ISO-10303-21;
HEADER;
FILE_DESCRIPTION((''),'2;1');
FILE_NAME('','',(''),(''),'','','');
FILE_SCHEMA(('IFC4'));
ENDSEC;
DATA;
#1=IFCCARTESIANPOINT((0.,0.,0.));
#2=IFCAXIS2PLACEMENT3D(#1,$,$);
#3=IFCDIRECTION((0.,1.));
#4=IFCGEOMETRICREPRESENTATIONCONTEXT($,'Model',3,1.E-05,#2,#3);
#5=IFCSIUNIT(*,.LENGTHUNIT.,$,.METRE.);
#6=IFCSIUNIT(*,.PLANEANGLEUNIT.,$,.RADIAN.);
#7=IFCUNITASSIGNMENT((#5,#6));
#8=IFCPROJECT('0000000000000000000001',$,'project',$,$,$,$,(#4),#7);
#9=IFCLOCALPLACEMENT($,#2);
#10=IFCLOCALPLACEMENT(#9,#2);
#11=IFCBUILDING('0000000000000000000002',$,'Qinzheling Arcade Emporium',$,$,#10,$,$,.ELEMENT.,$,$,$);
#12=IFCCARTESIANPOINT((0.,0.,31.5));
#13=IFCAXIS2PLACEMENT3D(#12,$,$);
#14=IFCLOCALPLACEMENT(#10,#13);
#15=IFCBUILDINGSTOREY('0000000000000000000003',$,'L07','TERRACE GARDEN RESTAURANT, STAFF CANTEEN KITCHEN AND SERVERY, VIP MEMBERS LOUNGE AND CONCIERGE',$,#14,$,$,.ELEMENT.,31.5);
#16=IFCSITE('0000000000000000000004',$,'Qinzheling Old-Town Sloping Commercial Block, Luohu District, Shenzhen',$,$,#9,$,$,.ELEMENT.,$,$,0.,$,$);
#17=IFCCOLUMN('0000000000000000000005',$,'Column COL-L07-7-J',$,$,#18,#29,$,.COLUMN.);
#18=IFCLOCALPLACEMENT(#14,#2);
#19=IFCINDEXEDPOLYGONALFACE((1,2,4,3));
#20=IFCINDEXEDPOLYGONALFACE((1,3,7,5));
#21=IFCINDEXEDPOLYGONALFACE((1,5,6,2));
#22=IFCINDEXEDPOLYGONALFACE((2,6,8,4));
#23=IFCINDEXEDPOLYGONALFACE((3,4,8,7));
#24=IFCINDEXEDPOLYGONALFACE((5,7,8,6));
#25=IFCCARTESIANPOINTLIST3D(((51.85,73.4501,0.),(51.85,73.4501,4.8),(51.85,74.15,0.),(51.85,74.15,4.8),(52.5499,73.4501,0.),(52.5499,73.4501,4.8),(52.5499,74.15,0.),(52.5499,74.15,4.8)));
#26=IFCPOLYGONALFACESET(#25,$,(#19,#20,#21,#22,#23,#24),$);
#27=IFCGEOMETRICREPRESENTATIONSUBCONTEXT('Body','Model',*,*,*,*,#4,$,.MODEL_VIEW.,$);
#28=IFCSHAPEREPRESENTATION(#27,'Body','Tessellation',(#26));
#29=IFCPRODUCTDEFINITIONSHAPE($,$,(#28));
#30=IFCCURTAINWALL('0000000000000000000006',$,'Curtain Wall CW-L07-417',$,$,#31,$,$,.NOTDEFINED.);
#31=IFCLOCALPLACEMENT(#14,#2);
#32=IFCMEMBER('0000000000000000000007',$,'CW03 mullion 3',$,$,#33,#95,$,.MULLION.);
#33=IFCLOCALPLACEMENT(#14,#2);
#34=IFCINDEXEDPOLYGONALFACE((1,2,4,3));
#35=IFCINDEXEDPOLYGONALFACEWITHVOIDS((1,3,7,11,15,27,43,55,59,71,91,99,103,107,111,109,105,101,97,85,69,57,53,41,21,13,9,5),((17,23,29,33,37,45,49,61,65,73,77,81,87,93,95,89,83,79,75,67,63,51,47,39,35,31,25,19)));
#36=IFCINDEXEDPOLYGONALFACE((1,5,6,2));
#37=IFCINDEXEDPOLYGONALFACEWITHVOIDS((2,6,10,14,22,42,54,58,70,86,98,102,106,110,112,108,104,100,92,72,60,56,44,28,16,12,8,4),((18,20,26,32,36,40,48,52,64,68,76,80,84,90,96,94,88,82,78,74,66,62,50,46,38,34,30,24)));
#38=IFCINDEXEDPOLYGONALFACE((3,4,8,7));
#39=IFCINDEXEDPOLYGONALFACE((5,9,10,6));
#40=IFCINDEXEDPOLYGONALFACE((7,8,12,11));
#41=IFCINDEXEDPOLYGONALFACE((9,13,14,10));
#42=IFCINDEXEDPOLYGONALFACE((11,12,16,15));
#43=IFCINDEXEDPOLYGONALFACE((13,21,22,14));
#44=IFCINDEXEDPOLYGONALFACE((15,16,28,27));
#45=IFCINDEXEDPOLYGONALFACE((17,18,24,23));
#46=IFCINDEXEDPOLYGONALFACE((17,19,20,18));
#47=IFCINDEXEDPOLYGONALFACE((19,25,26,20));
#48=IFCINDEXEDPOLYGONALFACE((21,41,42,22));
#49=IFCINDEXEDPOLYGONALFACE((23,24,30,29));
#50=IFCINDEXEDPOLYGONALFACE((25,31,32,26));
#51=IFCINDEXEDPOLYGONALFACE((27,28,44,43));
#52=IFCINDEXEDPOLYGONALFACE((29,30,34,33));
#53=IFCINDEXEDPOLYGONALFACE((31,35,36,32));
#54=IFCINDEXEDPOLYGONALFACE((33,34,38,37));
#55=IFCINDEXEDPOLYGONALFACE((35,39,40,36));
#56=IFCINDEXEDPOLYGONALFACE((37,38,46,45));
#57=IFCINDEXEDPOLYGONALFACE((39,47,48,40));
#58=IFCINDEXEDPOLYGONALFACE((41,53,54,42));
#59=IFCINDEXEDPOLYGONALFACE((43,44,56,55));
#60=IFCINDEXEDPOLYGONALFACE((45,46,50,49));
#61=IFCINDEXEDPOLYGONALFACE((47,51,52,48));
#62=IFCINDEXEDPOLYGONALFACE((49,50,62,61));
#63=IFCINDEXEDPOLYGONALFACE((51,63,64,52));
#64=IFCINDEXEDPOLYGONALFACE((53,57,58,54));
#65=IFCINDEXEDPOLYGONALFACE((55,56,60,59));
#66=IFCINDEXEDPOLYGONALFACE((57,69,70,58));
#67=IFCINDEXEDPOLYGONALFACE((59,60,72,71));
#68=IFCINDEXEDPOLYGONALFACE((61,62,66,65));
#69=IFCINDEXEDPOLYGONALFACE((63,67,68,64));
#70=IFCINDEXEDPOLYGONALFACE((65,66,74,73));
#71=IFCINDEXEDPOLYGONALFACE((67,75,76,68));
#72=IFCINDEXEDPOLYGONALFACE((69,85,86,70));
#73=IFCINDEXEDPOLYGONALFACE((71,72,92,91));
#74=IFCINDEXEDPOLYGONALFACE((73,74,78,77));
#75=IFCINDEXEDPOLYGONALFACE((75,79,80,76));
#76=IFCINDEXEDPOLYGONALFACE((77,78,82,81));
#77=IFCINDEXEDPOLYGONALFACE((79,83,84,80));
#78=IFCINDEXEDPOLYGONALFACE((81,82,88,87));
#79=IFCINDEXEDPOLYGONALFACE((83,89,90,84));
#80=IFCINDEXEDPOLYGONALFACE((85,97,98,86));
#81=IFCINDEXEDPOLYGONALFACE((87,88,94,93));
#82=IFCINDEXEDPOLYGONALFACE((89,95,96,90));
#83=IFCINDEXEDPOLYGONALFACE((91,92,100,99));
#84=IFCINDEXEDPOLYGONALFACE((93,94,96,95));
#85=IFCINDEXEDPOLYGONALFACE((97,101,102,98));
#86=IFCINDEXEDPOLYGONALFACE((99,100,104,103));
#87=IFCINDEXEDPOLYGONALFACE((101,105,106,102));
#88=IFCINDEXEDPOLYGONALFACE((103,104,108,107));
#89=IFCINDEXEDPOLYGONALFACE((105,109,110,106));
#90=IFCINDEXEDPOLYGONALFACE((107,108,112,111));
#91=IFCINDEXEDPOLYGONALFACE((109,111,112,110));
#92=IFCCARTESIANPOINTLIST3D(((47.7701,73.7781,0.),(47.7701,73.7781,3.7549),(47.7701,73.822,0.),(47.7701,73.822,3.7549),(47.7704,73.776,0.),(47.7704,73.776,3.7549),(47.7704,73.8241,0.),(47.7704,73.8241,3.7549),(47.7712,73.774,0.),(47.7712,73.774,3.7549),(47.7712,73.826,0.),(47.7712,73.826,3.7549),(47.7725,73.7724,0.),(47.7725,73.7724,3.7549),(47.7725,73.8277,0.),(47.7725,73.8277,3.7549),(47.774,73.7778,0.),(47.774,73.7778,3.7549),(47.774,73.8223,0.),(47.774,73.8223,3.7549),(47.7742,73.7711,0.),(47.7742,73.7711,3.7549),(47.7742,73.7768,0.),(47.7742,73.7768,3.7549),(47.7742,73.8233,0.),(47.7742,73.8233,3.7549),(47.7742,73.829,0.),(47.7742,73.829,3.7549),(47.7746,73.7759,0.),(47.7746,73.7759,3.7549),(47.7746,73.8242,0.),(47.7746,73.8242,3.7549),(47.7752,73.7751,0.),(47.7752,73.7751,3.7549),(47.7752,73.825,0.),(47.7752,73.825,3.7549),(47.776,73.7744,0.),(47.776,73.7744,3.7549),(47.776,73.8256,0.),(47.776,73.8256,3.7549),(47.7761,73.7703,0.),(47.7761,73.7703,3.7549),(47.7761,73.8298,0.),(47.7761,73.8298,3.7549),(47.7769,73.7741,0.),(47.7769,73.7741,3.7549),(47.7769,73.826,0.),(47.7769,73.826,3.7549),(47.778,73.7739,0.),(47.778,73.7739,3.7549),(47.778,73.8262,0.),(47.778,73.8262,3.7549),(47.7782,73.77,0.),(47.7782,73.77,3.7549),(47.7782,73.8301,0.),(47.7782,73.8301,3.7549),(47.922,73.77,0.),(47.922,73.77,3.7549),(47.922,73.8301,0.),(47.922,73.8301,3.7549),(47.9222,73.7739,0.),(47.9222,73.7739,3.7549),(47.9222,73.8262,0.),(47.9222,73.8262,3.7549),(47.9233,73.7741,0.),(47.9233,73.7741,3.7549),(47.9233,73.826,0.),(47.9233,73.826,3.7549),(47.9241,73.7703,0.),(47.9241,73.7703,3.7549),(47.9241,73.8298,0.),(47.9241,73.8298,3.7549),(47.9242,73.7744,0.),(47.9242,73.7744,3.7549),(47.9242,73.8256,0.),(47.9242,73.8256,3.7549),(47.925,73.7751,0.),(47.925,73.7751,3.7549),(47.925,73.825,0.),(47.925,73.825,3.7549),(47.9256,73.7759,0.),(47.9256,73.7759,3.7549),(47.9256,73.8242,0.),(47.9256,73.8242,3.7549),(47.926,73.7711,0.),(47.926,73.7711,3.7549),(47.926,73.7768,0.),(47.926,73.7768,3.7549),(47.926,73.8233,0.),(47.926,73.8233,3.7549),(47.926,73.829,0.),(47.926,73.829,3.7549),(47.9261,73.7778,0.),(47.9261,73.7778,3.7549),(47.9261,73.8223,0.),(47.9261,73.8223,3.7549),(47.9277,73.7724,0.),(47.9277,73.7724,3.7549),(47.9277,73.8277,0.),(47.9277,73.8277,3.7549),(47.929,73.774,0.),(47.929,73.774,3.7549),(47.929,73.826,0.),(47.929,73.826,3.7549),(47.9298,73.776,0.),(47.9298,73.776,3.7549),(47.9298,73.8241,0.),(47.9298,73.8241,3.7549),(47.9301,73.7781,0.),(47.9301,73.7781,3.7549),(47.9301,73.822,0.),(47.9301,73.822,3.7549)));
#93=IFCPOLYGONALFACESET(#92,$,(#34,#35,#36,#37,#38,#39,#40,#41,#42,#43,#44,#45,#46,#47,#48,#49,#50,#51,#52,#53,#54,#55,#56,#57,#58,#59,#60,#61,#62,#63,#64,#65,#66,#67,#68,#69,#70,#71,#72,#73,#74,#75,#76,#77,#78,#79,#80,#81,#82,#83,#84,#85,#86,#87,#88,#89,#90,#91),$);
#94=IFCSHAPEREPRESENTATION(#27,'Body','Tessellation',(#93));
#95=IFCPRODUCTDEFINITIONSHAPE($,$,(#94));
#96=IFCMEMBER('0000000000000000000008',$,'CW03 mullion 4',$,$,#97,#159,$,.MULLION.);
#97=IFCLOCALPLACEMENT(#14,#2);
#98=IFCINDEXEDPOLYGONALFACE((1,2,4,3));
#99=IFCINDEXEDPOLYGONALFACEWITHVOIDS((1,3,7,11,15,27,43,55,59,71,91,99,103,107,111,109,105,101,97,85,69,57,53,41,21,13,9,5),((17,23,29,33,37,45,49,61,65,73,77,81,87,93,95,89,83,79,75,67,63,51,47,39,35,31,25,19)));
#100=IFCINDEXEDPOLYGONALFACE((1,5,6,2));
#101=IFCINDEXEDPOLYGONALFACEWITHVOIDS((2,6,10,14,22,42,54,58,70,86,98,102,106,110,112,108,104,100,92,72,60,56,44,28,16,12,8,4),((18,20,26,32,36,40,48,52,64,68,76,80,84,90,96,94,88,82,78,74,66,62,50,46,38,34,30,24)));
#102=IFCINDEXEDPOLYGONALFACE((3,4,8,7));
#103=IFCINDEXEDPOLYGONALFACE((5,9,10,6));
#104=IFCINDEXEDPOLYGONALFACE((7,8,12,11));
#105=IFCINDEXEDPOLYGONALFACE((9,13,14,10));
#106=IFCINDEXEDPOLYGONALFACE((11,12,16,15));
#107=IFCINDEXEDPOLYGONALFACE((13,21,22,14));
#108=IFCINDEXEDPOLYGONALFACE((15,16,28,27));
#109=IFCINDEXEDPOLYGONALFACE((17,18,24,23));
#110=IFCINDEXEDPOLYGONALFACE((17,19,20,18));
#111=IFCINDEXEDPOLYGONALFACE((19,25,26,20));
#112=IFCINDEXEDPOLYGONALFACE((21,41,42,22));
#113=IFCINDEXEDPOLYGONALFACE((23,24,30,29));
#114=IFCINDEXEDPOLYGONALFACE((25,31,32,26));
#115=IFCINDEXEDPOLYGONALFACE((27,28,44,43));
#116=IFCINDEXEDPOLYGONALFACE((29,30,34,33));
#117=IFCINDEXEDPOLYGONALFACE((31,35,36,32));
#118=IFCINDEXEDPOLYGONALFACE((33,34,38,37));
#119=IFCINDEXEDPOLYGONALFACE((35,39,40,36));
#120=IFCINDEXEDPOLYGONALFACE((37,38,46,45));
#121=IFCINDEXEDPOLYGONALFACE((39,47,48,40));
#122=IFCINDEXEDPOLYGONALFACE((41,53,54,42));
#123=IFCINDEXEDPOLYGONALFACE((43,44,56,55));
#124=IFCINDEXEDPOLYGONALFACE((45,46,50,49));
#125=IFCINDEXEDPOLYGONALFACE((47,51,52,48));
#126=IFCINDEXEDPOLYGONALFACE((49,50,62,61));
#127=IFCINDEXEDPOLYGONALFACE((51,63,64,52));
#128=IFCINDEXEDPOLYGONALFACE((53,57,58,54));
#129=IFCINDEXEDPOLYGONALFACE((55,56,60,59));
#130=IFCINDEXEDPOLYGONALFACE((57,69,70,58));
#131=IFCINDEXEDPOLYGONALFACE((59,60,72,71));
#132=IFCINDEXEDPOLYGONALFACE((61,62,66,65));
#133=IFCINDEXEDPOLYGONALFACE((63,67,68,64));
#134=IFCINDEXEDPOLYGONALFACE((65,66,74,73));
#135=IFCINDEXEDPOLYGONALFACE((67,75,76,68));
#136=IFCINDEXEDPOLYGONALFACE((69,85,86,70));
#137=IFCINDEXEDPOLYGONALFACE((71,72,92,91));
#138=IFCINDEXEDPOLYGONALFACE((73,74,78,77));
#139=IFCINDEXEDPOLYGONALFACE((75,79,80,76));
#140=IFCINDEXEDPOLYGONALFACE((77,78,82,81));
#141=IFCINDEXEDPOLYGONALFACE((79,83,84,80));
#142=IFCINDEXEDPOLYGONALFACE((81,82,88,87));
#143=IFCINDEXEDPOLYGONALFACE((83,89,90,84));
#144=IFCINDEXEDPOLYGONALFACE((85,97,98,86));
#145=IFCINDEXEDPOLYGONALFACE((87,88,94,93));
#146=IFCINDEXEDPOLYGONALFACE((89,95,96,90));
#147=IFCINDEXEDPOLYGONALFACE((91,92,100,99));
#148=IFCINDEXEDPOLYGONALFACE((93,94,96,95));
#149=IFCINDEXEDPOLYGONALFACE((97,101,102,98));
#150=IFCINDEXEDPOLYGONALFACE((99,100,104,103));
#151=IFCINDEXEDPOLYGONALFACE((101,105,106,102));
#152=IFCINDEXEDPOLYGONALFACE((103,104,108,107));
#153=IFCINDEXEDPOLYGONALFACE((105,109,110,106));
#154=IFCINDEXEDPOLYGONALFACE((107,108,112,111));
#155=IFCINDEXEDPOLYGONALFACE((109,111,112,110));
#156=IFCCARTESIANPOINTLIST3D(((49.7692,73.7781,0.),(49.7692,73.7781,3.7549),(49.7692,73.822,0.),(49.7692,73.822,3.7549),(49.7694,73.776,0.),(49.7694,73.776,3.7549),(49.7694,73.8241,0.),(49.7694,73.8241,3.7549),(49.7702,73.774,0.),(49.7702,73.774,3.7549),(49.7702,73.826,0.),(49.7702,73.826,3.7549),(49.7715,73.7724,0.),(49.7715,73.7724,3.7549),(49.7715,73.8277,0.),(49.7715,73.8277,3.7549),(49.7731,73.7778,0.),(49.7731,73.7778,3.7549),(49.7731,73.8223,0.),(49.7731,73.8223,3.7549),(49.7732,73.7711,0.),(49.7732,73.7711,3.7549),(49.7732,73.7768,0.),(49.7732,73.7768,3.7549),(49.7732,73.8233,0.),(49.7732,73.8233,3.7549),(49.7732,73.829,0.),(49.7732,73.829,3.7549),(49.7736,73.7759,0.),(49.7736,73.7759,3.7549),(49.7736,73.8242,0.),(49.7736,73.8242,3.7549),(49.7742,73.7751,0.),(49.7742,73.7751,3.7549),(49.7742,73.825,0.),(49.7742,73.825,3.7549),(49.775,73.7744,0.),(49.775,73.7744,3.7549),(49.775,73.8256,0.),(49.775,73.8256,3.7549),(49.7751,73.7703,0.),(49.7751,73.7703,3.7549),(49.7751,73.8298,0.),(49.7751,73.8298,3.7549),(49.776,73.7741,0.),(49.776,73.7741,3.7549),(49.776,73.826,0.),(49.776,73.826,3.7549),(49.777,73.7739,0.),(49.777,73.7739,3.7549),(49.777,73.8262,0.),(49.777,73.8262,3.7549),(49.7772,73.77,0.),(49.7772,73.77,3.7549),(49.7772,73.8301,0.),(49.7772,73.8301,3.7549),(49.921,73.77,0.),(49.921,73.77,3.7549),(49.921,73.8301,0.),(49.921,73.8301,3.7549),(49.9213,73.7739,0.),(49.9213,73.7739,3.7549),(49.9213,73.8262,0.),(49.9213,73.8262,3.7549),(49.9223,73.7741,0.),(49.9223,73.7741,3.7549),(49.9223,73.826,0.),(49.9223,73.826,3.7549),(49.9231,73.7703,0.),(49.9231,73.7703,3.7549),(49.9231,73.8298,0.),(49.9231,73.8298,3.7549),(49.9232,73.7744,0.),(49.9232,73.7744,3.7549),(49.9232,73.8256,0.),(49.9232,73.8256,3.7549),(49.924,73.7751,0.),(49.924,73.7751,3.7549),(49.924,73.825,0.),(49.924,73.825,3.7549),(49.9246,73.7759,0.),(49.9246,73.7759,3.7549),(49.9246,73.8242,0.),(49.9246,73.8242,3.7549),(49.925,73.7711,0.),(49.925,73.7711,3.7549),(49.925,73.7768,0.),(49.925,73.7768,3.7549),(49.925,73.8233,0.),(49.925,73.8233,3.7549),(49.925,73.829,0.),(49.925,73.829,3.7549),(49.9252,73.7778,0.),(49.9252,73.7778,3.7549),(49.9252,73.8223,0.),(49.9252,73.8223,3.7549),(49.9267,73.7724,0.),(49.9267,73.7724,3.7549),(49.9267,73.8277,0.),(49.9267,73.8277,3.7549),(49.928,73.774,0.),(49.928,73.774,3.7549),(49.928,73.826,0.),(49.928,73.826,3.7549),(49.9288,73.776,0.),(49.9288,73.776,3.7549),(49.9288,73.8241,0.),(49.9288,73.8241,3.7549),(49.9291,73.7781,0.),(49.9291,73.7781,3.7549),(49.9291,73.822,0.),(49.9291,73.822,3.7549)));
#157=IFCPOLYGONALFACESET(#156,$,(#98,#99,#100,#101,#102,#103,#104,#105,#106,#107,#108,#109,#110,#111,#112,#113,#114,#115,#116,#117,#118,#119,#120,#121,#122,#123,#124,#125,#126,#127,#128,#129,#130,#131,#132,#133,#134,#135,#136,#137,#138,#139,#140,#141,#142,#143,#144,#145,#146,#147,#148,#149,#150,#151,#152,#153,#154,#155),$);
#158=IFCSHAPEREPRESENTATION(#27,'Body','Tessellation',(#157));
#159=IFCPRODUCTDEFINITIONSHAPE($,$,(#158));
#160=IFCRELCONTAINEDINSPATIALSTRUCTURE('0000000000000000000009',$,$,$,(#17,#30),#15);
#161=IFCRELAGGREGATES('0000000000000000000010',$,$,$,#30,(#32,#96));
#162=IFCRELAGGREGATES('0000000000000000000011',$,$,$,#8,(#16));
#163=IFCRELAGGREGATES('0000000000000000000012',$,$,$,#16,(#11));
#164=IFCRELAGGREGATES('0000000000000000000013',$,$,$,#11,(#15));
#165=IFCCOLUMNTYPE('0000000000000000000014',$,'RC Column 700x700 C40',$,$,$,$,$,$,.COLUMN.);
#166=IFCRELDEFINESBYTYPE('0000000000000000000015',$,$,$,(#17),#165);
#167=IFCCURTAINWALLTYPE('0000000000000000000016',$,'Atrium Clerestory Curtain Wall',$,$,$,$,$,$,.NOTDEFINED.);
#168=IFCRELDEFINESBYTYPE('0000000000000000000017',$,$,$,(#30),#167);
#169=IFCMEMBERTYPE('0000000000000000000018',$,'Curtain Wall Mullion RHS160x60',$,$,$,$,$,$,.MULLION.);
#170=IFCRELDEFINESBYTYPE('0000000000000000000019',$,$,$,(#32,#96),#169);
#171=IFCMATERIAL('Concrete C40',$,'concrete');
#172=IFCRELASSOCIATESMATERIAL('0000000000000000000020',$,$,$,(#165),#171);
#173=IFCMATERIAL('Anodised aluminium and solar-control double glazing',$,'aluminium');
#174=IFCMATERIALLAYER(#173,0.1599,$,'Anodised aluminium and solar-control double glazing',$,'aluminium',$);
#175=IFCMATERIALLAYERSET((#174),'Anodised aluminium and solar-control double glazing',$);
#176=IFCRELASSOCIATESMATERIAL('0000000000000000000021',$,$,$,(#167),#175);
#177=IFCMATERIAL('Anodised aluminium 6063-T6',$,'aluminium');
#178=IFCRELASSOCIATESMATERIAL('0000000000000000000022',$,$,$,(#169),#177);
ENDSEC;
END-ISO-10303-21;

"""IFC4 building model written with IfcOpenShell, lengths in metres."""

from ifc_helpers import new_model, si_unit, direction, frame, origin, origin_2d, place, context, subcontext, project, spatial, rectangle, hollow_rectangle, extrude, material, layer, layer_set, material_profile, profile_set, type_object, element, aggregate, save


model = new_model("IFC4")

# Units and contexts
model_context = context("Model", 3, precision=1e-05, world=origin(), true_north=direction((0.0, 1.0)))
body_context = subcontext(model_context, "Body", "Model", "MODEL_VIEW")
ifc_project = project(units=[si_unit("LENGTHUNIT", "METRE"), si_unit("PLANEANGLEUNIT", "RADIAN")], contexts=[model_context])

# Site, building, storey
site_placement = place(None, origin())
site = spatial("IfcSite", under=ifc_project, at=site_placement, Name="Qinzheling Old-Town Sloping Commercial Block, Luohu District, Shenzhen", CompositionType="ELEMENT", RefElevation=0.0)
building_placement = place(site_placement, origin())
building = spatial("IfcBuilding", under=site, at=building_placement, Name="Qinzheling Arcade Emporium", CompositionType="ELEMENT")
storey_placement = place(building_placement, frame((0.0, 0.0, 31.5)))
storey = spatial("IfcBuildingStorey", under=building, at=storey_placement, Name="L07", Description="TERRACE GARDEN RESTAURANT, STAFF CANTEEN KITCHEN AND SERVERY, VIP MEMBERS LOUNGE AND CONCIERGE", CompositionType="ELEMENT", Elevation=31.5)

# Column
ifc_material_1 = material(Name="Concrete C40", Category="concrete")
ifc_material_profile_1 = material_profile(ifc_material_1, rectangle(XDim=0.7, YDim=0.7, at=origin_2d()), Name="RC 700x700", Category="concrete")
ifc_profile_set_1 = profile_set([ifc_material_profile_1], Name="Concrete C40")
column_type = type_object("IfcColumnType", Name="RC Column 700x700 C40", PredefinedType="COLUMN", material=ifc_profile_set_1)
column_placement = place(storey_placement, frame((52.2, 73.8, 0.0), z_axis=(0.0, 0.0, 1.0), x_axis=(1.0, 0.0, 0.0)))
element("IfcColumn", 1, at=column_placement, inside=storey, type_object=column_type, Name="Column COL-L07-7-J", PredefinedType="COLUMN", context=body_context, shape_type="SweptSolid", body=[
    extrude(rectangle(XDim=0.7, YDim=0.7, at=origin_2d()), origin(), (0.0, 0.0, 1.0), 4.8),
])

# Curtain wall, members
ifc_material_2 = material(Name="Anodised aluminium and solar-control double glazing", Category="aluminium")
ifc_layer_1 = layer(ifc_material_2, 0.1599, Name="Anodised aluminium and solar-control double glazing", Category="aluminium")
ifc_layer_set_1 = layer_set([ifc_layer_1], Name="Anodised aluminium and solar-control double glazing")
curtain_wall_type = type_object("IfcCurtainWallType", Name="Atrium Clerestory Curtain Wall", PredefinedType="NOTDEFINED", material=ifc_layer_set_1)
curtain_wall_placement = place(storey_placement, origin())
curtain_wall = element("IfcCurtainWall", 2, at=curtain_wall_placement, inside=storey, type_object=curtain_wall_type, Name="Curtain Wall CW-L07-417", PredefinedType="NOTDEFINED")
ifc_material_3 = material(Name="Anodised aluminium 6063-T6", Category="aluminium")
ifc_material_profile_2 = material_profile(ifc_material_3, hollow_rectangle(XDim=0.0601, YDim=0.1599, WallThickness=0.0039, InnerFilletRadius=0.0039, OuterFilletRadius=0.0081, at=origin_2d()), Name="RHS 160x60x4", Category="aluminium")
ifc_profile_set_2 = profile_set([ifc_material_profile_2], Name="Anodised aluminium 6063-T6")
member_type_1 = type_object("IfcMemberType", Name="Curtain Wall Mullion RHS160x60", PredefinedType="MULLION", material=ifc_profile_set_2)
member_1_placement = place(storey_placement, frame((47.8501, 73.8, 0.0), z_axis=(0.0, 0.0, 1.0), x_axis=(0.0, 1.0, 0.0)))
member_1 = element("IfcMember", 3, at=member_1_placement, type_object=member_type_1, Name="CW03 mullion 3", PredefinedType="MULLION", context=body_context, shape_type="SweptSolid", body=[
    extrude(hollow_rectangle(XDim=0.0601, YDim=0.1599, WallThickness=0.0039, InnerFilletRadius=0.0039, OuterFilletRadius=0.0081, at=origin_2d()), origin(), (0.0, 0.0, 1.0), 3.7549),
])
member_2_placement = place(storey_placement, frame((49.8491, 73.8, 0.0), z_axis=(0.0, 0.0, 1.0), x_axis=(0.0, 1.0, 0.0)))
member_2 = element("IfcMember", 4, at=member_2_placement, type_object=member_type_1, Name="CW03 mullion 4", PredefinedType="MULLION", context=body_context, shape_type="SweptSolid", body=[
    extrude(hollow_rectangle(XDim=0.0601, YDim=0.1599, WallThickness=0.0039, InnerFilletRadius=0.0039, OuterFilletRadius=0.0081, at=origin_2d()), origin(), (0.0, 0.0, 1.0), 3.7549),
])
aggregate(curtain_wall, [member_1, member_2])

save(model, "model.ifc")
